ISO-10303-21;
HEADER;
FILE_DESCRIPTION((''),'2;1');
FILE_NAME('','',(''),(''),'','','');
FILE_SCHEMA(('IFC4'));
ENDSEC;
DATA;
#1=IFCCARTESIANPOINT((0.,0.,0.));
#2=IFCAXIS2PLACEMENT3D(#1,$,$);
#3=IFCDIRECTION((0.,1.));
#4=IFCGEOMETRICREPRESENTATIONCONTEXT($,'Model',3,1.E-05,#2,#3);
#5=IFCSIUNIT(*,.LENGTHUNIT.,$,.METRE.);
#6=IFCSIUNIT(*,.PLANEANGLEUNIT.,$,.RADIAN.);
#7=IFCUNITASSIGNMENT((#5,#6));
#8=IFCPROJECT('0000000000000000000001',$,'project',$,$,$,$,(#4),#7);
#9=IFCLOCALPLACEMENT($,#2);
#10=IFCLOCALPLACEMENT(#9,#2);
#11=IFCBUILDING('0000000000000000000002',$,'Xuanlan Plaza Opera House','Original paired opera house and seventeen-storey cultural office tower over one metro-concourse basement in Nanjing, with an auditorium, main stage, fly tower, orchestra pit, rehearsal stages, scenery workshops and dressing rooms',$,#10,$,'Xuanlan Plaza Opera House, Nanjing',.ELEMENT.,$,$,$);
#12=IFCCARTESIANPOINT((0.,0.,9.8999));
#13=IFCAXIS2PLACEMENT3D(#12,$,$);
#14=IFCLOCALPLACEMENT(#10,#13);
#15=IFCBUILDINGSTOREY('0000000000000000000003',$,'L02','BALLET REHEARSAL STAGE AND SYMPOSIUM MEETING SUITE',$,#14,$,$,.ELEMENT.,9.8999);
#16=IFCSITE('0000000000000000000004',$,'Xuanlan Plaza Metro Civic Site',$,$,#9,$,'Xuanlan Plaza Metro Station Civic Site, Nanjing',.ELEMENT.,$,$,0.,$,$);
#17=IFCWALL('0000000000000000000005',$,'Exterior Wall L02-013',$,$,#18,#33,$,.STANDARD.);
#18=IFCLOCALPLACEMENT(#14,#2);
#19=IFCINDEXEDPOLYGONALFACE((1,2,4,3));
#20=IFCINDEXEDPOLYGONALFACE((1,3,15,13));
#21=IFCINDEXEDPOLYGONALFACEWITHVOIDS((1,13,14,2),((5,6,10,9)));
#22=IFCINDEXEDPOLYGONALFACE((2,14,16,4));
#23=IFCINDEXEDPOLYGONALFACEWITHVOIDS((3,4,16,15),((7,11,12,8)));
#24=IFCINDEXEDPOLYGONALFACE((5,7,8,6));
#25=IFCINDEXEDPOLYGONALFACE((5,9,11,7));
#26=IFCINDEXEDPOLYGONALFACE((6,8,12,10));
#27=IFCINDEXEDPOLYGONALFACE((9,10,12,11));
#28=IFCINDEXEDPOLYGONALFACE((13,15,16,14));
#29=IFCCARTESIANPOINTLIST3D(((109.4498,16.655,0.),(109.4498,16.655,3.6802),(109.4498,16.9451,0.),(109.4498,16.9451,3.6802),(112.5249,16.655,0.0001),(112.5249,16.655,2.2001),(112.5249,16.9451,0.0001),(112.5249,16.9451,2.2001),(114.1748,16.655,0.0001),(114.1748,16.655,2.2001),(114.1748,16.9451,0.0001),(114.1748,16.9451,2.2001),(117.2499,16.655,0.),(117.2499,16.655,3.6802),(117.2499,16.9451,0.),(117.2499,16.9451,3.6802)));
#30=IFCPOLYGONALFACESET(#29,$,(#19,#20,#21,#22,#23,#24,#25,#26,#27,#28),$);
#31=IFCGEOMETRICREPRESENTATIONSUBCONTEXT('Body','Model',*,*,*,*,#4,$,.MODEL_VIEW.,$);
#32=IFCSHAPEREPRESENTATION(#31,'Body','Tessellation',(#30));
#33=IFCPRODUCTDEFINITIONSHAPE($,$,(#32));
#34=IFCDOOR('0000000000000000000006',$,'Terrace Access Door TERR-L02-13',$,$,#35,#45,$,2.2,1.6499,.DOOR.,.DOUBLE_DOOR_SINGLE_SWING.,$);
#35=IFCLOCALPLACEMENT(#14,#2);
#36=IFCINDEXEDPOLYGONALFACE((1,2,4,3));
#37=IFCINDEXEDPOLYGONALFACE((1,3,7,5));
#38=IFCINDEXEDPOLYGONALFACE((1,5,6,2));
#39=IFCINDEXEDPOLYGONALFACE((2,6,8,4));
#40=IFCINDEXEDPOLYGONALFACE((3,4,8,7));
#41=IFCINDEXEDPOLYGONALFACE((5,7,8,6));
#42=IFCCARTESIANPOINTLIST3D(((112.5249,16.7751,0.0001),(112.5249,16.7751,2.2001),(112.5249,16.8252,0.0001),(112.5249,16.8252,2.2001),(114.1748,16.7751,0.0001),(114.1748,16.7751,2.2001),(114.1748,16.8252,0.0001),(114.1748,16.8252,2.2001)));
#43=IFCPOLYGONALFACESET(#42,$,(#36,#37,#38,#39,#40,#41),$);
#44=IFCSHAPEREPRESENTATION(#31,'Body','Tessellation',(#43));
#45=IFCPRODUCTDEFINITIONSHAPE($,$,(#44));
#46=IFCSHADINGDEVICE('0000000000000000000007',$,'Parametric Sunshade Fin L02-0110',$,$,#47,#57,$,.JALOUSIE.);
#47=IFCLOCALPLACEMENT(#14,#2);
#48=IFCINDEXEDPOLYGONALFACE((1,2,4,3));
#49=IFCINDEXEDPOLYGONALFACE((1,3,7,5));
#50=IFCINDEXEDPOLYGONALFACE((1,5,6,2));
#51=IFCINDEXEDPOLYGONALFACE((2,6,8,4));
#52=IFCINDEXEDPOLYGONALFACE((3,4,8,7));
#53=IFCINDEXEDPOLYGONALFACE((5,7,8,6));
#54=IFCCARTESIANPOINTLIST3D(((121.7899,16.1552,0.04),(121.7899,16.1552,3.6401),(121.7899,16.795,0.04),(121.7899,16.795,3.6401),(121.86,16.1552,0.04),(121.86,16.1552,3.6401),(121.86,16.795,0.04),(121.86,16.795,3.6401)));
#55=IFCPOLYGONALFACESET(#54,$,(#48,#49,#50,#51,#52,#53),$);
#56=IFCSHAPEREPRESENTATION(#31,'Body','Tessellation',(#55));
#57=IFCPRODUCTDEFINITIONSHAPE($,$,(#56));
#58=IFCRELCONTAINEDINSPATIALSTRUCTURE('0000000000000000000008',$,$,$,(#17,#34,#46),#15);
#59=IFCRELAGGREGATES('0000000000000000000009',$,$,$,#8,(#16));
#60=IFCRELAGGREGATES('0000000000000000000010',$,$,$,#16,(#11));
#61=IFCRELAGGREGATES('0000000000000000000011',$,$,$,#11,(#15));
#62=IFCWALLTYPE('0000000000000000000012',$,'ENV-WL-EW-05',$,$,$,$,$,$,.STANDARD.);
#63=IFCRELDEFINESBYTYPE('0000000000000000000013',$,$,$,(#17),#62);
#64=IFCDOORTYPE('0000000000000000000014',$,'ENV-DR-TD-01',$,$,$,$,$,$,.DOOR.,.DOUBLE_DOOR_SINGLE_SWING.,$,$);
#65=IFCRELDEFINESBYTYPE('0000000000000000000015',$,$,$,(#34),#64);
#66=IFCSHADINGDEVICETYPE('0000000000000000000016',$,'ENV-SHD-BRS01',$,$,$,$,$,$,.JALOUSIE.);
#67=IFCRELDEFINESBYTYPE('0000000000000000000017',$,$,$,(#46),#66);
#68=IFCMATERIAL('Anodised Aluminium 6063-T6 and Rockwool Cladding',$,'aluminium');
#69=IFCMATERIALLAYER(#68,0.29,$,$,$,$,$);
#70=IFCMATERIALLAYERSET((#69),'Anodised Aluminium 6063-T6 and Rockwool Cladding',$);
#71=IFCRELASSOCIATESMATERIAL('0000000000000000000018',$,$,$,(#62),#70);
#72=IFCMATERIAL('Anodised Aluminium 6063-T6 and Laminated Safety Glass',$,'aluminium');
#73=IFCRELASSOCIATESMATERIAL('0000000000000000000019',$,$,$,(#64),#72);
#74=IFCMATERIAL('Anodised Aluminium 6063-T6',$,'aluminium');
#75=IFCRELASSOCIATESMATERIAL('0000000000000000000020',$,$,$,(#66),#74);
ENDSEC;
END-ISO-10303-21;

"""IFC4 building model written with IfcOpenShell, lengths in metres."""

from ifc_helpers import new_model, si_unit, direction, frame, frame_2d, origin, origin_2d, place, context, subcontext, project, spatial, rectangle, extrude, material, layer, layer_set, type_object, element, fill, save


model = new_model("IFC4")

# Units and contexts
model_context = context("Model", 3, precision=1e-05, world=origin(), true_north=direction((0.0, 1.0)))
body_context = subcontext(model_context, "Body", "Model", "MODEL_VIEW")
ifc_project = project(units=[si_unit("LENGTHUNIT", "METRE"), si_unit("PLANEANGLEUNIT", "RADIAN")], contexts=[model_context])

# Site, building, storey
site_placement = place(None, origin())
site = spatial("IfcSite", under=ifc_project, at=site_placement, Name="Xuanlan Plaza Metro Civic Site", LongName="Xuanlan Plaza Metro Station Civic Site, Nanjing", CompositionType="ELEMENT", RefElevation=0.0)
building_placement = place(site_placement, origin())
building = spatial("IfcBuilding", under=site, at=building_placement, Name="Xuanlan Plaza Opera House", Description="Original paired opera house and seventeen-storey cultural office tower over one metro-concourse basement in Nanjing, with an auditorium, main stage, fly tower, orchestra pit, rehearsal stages, scenery workshops and dressing rooms", LongName="Xuanlan Plaza Opera House, Nanjing", CompositionType="ELEMENT")
storey_placement = place(building_placement, frame((0.0, 0.0, 9.8999)))
storey = spatial("IfcBuildingStorey", under=building, at=storey_placement, Name="L02", Description="BALLET REHEARSAL STAGE AND SYMPOSIUM MEETING SUITE", CompositionType="ELEMENT", Elevation=9.8999)

# Shared definitions
ifc_material_1 = material(Name="Anodised Aluminium 6063-T6", Category="aluminium")

# Wall, opening, door
ifc_material_2 = material(Name="Anodised Aluminium 6063-T6 and Rockwool Cladding", Category="aluminium")
ifc_material_3 = material(Name="Anodised Aluminium 6063-T6 and Laminated Safety Glass", Category="aluminium")
ifc_layer_1 = layer(ifc_material_2, 0.29)
ifc_layer_set_1 = layer_set([ifc_layer_1], Name="Anodised Aluminium 6063-T6 and Rockwool Cladding")
wall_type_1 = type_object("IfcWallType", Name="ENV-WL-EW-05", PredefinedType="STANDARD", material=ifc_layer_set_1)
wall_1_placement = place(storey_placement, frame((109.45, 16.8, 0.0), z_axis=(0.0, 0.0, 1.0), x_axis=(1.0, 0.0, 0.0)))
wall_1 = element("IfcWall", 1, at=wall_1_placement, inside=storey, type_object=wall_type_1, Name="Exterior Wall L02-013", PredefinedType="STANDARD", context=body_context, shape_type="SweptSolid", body=[
    extrude(rectangle(XDim=7.8, YDim=0.29, at=frame_2d((3.8999, 0.0))), origin(), (0.0, 0.0, 1.0), 3.6802),
])
opening_1_placement = place(wall_1_placement, frame((3.075, 0.0, 0.0)))
opening_1 = element("IfcOpeningElement", 2, at=opening_1_placement, cuts=wall_1, PredefinedType="OPENING", context=body_context, shape_type="SweptSolid", body=[
    extrude(rectangle(XDim=1.6499, YDim=2.2, at=frame_2d((0.825, 1.1001))), frame((0.0, 0.155, 0.0), z_axis=(0.0, -1.0, 0.0), x_axis=(1.0, 0.0, 0.0)), (0.0, 0.0, 1.0), 0.3101),
])
door_type_1 = type_object("IfcDoorType", Name="ENV-DR-TD-01", OperationType="DOUBLE_DOOR_SINGLE_SWING", PredefinedType="DOOR", material=ifc_material_3)
door_1_placement = place(opening_1_placement, frame((1.6499, 0.0, 0.0), z_axis=(0.0, 0.0, 1.0), x_axis=(-1.0, 0.0, 0.0)))
door_1 = element("IfcDoor", 3, at=door_1_placement, inside=storey, type_object=door_type_1, Name="Terrace Access Door TERR-L02-13", OperationType="DOUBLE_DOOR_SINGLE_SWING", OverallHeight=2.2, OverallWidth=1.6499, PredefinedType="DOOR", context=body_context, shape_type="SweptSolid", body=[
    extrude(rectangle(XDim=1.6499, YDim=2.2, at=frame_2d((0.825, 1.1001))), frame((0.0, 0.0249, 0.0), z_axis=(0.0, -1.0, 0.0), x_axis=(1.0, 0.0, 0.0)), (0.0, 0.0, 1.0), 0.05),
])
fill(opening_1, door_1)

# Shading device
shading_device_type = type_object("IfcShadingDeviceType", Name="ENV-SHD-BRS01", PredefinedType="JALOUSIE", material=ifc_material_1)
shading_device_placement = place(storey_placement, frame((121.825, 16.4751, 0.04), z_axis=(0.0, 0.0, 1.0), x_axis=(0.0, -1.0, 0.0)))
element("IfcShadingDevice", 4, at=shading_device_placement, inside=storey, type_object=shading_device_type, Name="Parametric Sunshade Fin L02-0110", PredefinedType="JALOUSIE", context=body_context, shape_type="SweptSolid", body=[
    extrude(rectangle(XDim=0.6399, YDim=0.0701, at=origin_2d()), origin(), (0.0, 0.0, 1.0), 3.6001),
])

save(model, "model.ifc")
